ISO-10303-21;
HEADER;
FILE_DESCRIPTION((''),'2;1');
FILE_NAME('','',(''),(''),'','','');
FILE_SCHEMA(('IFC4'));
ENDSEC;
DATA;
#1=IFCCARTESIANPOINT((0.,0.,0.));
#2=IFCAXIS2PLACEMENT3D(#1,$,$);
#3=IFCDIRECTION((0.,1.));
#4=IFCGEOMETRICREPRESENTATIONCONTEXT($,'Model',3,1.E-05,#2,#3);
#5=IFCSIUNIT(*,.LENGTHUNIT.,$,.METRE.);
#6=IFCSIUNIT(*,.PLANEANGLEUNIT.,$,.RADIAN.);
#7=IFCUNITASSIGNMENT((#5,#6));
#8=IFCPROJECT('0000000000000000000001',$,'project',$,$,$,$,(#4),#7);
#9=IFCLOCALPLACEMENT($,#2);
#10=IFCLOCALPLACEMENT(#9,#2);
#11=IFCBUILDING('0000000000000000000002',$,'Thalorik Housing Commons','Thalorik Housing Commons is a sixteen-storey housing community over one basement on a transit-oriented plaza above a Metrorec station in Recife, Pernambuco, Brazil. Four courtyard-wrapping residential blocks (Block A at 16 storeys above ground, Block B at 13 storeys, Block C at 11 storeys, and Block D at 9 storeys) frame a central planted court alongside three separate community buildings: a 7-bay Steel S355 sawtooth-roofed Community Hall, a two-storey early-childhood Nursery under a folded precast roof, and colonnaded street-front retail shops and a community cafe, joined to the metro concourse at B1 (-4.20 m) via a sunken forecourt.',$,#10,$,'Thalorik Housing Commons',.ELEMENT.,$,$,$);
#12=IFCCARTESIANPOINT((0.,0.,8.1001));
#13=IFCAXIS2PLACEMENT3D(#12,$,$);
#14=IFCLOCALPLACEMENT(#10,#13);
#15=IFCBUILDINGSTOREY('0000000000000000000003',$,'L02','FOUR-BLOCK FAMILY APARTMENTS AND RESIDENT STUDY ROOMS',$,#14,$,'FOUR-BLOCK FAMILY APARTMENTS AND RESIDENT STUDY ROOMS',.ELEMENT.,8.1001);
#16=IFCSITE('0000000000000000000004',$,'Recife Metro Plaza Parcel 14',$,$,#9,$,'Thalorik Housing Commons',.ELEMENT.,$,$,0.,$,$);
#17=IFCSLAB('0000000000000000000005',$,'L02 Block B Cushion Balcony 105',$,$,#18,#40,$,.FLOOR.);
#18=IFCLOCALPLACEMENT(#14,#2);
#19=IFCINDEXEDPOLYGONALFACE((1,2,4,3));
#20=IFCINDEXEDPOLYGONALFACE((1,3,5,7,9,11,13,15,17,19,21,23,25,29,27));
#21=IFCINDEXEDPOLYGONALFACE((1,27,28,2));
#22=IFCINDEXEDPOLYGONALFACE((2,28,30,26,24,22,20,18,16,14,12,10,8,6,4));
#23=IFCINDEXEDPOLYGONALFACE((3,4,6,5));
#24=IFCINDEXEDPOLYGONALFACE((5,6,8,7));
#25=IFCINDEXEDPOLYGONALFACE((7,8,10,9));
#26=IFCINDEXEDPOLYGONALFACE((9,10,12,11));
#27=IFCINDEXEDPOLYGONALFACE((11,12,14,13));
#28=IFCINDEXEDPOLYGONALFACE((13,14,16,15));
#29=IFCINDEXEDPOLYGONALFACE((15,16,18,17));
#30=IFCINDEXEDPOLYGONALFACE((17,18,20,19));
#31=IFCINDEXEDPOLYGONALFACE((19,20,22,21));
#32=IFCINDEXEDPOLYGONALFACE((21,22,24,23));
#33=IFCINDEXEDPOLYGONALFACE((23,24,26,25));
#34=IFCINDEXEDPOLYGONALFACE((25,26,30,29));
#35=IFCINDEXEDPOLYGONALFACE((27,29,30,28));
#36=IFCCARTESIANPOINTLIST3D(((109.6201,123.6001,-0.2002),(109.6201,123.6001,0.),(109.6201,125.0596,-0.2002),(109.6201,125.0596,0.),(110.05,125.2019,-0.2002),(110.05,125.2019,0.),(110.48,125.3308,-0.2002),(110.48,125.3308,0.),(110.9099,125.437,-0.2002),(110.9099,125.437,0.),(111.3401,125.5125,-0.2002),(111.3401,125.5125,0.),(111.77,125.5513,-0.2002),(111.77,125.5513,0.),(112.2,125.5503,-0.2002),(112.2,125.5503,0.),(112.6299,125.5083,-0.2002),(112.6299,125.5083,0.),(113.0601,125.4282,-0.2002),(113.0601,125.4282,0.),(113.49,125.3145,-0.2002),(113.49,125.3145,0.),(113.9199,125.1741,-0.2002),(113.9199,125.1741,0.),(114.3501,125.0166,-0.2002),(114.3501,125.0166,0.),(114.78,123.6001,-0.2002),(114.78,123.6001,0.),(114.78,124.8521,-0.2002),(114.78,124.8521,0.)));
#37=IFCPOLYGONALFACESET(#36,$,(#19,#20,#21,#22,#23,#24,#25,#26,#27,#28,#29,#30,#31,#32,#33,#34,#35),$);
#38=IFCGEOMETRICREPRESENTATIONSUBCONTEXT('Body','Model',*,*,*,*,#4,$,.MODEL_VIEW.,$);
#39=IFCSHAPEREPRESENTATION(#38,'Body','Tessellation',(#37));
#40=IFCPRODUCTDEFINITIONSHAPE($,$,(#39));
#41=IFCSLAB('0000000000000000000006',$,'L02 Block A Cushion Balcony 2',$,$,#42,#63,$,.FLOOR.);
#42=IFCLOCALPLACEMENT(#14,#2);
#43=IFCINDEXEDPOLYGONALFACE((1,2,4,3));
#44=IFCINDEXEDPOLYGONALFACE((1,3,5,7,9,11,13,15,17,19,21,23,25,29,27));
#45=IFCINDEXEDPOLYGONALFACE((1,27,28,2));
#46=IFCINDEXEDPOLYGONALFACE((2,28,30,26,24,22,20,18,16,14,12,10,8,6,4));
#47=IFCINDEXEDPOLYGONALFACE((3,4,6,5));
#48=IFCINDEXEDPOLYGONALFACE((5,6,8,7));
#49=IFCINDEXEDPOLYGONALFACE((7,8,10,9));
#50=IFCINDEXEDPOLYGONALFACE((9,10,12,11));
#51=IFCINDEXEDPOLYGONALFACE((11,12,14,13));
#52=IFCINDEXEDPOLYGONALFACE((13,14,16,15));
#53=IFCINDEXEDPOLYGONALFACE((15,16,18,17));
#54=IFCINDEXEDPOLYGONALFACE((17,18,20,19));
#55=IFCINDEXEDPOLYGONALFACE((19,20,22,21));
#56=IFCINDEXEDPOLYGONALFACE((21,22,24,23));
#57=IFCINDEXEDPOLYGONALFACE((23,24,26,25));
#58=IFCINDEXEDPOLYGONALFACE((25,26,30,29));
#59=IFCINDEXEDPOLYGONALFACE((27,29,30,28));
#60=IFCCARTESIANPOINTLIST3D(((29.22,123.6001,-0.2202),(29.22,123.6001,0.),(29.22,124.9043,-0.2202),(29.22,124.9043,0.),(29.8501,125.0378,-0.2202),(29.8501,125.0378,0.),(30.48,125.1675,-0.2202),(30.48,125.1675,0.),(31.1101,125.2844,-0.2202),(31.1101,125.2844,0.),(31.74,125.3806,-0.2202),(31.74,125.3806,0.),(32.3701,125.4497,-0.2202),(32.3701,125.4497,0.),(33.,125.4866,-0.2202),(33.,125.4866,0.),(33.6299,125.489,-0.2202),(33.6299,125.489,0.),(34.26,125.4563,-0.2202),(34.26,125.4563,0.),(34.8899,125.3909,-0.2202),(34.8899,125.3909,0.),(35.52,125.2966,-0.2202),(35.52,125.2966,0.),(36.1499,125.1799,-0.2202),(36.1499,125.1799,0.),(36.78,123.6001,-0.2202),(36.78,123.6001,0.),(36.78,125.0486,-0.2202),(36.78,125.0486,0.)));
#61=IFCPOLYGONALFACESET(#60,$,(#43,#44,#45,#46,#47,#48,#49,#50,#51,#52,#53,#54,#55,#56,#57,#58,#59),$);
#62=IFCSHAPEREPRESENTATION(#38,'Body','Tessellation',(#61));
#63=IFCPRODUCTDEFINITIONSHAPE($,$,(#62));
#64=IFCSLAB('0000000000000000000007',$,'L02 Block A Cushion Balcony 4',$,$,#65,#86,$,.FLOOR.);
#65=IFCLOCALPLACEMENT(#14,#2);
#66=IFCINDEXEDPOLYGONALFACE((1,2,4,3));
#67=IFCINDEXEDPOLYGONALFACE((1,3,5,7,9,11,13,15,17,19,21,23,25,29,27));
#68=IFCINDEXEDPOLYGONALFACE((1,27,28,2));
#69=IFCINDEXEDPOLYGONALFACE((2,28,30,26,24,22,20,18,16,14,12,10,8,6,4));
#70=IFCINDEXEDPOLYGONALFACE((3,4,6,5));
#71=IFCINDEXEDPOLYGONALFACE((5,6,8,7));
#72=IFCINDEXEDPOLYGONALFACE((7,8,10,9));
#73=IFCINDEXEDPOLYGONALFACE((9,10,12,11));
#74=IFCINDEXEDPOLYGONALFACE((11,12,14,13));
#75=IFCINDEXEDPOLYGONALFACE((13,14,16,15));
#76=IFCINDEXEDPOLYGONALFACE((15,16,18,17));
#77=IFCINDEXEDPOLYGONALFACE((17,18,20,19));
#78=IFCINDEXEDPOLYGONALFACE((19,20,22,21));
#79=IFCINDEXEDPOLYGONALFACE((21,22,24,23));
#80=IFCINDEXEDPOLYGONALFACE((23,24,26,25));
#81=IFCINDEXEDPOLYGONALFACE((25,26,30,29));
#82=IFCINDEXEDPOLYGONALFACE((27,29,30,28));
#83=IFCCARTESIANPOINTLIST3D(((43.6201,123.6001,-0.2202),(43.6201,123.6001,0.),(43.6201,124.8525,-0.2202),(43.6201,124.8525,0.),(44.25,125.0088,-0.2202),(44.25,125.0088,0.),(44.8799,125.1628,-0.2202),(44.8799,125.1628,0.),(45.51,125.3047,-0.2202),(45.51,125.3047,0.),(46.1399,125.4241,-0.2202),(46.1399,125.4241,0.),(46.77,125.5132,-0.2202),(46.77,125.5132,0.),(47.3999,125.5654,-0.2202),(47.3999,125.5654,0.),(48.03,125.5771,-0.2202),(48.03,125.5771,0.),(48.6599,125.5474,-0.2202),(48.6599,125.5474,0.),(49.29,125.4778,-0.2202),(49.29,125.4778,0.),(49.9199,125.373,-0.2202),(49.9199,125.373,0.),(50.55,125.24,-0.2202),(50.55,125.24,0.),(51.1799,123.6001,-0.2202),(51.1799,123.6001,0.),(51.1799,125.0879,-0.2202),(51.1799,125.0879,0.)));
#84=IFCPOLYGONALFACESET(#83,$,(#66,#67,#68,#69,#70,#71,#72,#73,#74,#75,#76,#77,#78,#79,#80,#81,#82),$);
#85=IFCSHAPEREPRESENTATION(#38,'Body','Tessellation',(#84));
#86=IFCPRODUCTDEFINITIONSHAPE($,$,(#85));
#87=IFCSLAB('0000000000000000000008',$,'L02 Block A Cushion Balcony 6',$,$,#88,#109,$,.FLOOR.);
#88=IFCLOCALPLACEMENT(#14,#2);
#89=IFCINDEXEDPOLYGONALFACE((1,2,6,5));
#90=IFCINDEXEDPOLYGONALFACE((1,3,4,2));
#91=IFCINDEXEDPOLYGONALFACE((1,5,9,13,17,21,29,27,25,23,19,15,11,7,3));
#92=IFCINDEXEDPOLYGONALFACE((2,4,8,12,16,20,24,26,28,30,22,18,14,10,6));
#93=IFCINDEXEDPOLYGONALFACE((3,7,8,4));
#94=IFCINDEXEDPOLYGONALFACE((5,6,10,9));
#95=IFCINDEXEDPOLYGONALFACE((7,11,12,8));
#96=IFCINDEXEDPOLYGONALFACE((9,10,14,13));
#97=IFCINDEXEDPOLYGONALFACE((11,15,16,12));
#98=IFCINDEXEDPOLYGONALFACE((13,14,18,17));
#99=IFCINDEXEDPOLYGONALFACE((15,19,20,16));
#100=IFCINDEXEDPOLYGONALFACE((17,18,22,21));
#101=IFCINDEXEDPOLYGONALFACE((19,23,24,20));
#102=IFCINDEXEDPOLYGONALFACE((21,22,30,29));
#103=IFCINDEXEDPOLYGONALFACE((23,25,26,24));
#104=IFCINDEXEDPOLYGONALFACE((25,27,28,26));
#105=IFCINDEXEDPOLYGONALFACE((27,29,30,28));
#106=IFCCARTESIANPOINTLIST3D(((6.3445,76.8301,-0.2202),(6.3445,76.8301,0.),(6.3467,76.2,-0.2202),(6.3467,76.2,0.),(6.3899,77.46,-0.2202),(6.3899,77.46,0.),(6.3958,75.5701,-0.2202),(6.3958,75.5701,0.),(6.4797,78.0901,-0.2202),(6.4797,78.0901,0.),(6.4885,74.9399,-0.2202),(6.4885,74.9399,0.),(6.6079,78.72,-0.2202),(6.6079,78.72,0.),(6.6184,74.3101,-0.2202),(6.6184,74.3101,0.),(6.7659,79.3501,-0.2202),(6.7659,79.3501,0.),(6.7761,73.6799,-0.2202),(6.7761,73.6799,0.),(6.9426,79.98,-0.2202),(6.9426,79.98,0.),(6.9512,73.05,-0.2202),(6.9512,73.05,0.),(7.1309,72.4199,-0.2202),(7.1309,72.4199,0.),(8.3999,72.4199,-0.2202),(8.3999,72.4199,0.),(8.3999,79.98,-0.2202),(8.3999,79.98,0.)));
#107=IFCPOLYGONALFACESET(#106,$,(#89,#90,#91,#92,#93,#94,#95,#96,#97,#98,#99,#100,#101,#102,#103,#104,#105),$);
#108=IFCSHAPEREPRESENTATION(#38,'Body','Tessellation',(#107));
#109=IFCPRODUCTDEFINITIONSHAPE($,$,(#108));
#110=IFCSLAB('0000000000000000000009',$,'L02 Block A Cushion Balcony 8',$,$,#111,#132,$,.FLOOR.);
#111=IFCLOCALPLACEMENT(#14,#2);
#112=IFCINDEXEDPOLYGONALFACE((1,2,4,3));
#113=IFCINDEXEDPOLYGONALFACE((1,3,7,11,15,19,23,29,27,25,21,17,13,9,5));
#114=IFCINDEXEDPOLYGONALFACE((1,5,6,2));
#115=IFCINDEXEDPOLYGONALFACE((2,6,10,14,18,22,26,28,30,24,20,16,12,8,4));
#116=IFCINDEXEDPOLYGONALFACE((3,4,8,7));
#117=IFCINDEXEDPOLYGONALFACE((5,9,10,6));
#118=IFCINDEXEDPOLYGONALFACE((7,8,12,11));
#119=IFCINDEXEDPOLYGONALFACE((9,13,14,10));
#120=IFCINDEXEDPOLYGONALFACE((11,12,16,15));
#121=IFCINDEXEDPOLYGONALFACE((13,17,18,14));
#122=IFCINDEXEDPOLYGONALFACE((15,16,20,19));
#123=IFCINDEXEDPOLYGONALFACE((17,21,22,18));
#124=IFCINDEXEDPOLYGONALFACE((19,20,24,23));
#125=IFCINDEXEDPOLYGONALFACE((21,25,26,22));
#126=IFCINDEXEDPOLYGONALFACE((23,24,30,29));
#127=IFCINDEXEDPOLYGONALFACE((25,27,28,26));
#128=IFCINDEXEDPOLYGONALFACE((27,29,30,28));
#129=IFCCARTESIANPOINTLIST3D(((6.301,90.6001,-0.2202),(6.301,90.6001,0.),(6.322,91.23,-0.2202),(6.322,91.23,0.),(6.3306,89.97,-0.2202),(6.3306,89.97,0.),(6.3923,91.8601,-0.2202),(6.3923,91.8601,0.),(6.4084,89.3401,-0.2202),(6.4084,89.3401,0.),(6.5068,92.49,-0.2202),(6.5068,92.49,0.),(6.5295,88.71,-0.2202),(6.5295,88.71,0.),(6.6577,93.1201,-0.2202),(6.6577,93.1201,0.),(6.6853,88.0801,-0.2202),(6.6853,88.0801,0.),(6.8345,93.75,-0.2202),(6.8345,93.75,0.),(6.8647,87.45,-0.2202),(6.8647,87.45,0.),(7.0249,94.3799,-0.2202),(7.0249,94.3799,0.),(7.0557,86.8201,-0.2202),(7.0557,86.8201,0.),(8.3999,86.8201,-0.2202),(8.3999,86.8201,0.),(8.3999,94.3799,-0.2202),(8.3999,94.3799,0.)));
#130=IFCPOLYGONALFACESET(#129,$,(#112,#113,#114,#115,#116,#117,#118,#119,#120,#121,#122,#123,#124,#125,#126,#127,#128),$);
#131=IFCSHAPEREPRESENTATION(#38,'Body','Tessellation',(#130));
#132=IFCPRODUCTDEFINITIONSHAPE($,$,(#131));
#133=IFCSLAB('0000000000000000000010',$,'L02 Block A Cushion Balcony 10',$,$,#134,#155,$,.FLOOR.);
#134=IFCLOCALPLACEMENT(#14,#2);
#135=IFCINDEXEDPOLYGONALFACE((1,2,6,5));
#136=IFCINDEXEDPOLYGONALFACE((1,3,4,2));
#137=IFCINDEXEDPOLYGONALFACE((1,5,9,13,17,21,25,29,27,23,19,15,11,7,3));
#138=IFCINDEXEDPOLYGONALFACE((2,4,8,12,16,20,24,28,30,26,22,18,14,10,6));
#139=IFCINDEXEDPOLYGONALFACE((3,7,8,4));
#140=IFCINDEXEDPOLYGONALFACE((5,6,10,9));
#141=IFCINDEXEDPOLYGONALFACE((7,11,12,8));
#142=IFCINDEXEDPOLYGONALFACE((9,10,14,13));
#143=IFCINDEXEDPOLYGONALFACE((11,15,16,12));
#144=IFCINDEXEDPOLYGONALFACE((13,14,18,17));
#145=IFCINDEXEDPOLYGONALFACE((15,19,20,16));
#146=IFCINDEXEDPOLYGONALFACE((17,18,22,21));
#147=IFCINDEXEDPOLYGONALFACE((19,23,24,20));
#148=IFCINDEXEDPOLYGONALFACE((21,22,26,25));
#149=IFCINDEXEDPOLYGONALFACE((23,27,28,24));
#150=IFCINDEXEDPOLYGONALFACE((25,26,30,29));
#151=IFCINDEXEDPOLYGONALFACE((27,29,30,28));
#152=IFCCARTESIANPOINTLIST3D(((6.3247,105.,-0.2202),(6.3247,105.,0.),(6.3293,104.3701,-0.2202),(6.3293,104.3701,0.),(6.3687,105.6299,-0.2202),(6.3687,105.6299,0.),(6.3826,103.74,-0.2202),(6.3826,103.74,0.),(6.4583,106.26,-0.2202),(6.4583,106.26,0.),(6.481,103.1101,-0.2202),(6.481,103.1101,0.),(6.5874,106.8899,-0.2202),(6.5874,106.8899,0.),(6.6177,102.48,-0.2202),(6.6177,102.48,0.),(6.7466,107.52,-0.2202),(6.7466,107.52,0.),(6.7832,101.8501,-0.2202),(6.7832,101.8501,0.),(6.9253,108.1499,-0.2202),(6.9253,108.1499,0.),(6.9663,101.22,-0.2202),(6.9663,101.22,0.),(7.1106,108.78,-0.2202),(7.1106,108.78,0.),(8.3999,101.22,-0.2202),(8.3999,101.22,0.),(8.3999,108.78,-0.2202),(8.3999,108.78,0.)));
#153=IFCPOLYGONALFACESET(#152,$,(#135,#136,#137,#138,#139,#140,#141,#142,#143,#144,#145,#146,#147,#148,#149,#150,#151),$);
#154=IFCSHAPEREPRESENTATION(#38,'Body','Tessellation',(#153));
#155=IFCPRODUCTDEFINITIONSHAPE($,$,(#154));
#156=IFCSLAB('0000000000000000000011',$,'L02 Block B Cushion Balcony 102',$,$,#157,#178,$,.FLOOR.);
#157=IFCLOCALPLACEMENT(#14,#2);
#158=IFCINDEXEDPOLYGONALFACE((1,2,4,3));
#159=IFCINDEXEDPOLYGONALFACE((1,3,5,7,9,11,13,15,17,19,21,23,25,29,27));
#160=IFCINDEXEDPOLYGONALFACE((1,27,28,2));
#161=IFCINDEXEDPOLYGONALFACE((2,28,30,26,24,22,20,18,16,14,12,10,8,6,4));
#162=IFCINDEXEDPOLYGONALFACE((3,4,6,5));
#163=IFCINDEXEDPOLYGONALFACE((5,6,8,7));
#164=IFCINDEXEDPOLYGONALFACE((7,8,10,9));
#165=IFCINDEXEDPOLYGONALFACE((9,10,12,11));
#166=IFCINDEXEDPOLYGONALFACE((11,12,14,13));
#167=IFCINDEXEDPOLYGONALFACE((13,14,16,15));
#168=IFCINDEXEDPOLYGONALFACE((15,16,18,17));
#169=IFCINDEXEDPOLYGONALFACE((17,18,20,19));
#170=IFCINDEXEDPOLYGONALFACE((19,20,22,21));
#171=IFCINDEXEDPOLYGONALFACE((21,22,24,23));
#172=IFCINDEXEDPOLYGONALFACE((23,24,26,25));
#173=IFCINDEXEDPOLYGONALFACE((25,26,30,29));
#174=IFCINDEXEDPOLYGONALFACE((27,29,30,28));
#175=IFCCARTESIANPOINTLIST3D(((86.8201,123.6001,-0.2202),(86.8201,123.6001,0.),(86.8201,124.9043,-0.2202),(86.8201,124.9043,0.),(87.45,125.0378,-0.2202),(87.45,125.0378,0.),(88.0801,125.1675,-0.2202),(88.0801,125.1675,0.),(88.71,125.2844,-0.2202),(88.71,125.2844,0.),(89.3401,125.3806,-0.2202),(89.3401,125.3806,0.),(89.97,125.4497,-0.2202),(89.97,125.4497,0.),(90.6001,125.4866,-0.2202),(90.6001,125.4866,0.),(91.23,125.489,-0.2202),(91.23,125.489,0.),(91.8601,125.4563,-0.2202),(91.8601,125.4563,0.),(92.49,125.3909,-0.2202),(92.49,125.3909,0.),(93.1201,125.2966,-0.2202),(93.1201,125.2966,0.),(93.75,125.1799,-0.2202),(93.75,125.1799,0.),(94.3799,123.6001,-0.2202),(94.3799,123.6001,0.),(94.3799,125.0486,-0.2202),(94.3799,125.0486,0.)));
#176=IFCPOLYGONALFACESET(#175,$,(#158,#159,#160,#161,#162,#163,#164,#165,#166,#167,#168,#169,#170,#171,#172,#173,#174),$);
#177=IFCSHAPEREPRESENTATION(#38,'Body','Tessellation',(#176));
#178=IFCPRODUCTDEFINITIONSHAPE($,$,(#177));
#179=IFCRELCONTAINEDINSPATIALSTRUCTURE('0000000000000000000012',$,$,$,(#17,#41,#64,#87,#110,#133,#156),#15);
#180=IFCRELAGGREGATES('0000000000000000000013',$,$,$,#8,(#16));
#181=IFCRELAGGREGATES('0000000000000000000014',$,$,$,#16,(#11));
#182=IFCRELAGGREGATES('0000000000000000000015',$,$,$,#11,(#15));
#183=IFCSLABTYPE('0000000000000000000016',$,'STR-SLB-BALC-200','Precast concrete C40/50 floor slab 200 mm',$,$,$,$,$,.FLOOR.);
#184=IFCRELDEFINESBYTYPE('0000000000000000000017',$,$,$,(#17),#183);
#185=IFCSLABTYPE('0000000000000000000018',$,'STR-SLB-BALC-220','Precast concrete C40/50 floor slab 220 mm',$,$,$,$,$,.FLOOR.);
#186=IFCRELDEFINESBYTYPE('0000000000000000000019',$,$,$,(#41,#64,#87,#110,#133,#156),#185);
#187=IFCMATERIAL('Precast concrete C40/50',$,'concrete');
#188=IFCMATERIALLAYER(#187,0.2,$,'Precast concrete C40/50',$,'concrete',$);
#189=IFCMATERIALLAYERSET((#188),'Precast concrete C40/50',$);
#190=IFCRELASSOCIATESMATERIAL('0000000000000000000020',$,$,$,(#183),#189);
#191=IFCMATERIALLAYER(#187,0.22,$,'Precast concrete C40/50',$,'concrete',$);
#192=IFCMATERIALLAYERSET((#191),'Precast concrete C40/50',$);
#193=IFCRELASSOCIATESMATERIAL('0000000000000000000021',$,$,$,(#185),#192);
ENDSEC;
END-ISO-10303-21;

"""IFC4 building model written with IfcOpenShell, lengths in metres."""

from ifc_helpers import new_model, si_unit, direction, frame, origin, place, context, subcontext, project, spatial, polyline, outline, extrude, material, layer, layer_set, type_object, element, save


model = new_model("IFC4")

# Units and contexts
model_context = context("Model", 3, precision=1e-05, world=origin(), true_north=direction((0.0, 1.0)))
body_context = subcontext(model_context, "Body", "Model", "MODEL_VIEW")
ifc_project = project(units=[si_unit("LENGTHUNIT", "METRE"), si_unit("PLANEANGLEUNIT", "RADIAN")], contexts=[model_context])

# Site, building, storey
site_placement = place(None, origin())
site = spatial("IfcSite", under=ifc_project, at=site_placement, Name="Recife Metro Plaza Parcel 14", LongName="Thalorik Housing Commons", CompositionType="ELEMENT", RefElevation=0.0)
building_placement = place(site_placement, origin())
building = spatial("IfcBuilding", under=site, at=building_placement, Name="Thalorik Housing Commons", Description="Thalorik Housing Commons is a sixteen-storey housing community over one basement on a transit-oriented plaza above a Metrorec station in Recife, Pernambuco, Brazil. Four courtyard-wrapping residential blocks (Block A at 16 storeys above ground, Block B at 13 storeys, Block C at 11 storeys, and Block D at 9 storeys) frame a central planted court alongside three separate community buildings: a 7-bay Steel S355 sawtooth-roofed Community Hall, a two-storey early-childhood Nursery under a folded precast roof, and colonnaded street-front retail shops and a community cafe, joined to the metro concourse at B1 (-4.20 m) via a sunken forecourt.", LongName="Thalorik Housing Commons", CompositionType="ELEMENT")
storey_placement = place(building_placement, frame((0.0, 0.0, 8.1001)))
storey = spatial("IfcBuildingStorey", under=building, at=storey_placement, Name="L02", Description="FOUR-BLOCK FAMILY APARTMENTS AND RESIDENT STUDY ROOMS", LongName="FOUR-BLOCK FAMILY APARTMENTS AND RESIDENT STUDY ROOMS", CompositionType="ELEMENT", Elevation=8.1001)

# Slabs
ifc_material_1 = material(Name="Precast concrete C40/50", Category="concrete")
ifc_layer_1 = layer(ifc_material_1, 0.2, Name="Precast concrete C40/50", Category="concrete")
ifc_layer_set_1 = layer_set([ifc_layer_1], Name="Precast concrete C40/50")
slab_type_1 = type_object("IfcSlabType", Name="STR-SLB-BALC-200", Description="Precast concrete C40/50 floor slab 200 mm", PredefinedType="FLOOR", material=ifc_layer_set_1)
slab_1_placement = place(storey_placement, frame((0.0, 0.0, -0.2002)))
element("IfcSlab", 1, at=slab_1_placement, inside=storey, type_object=slab_type_1, Name="L02 Block B Cushion Balcony 105", PredefinedType="FLOOR", context=body_context, shape_type="SweptSolid", body=[
    extrude(outline(polyline([(109.6201, 123.6001), (114.78, 123.6001), (114.78, 124.8521), (114.3501, 125.0166), (113.9199, 125.1741), (113.49, 125.3145), (113.0601, 125.4282), (112.6299, 125.5083), (112.2, 125.5503), (111.77, 125.5513), (111.3401, 125.5125), (110.9099, 125.437), (110.48, 125.3308), (110.05, 125.2019), (109.6201, 125.0596), (109.6201, 123.6001)])), origin(), (0.0, 0.0, 1.0), 0.2002),
])
ifc_layer_2 = layer(ifc_material_1, 0.22, Name="Precast concrete C40/50", Category="concrete")
ifc_layer_set_2 = layer_set([ifc_layer_2], Name="Precast concrete C40/50")
slab_type_2 = type_object("IfcSlabType", Name="STR-SLB-BALC-220", Description="Precast concrete C40/50 floor slab 220 mm", PredefinedType="FLOOR", material=ifc_layer_set_2)
slab_2_placement = place(storey_placement, frame((0.0, 0.0, -0.2202)))
element("IfcSlab", 2, at=slab_2_placement, inside=storey, type_object=slab_type_2, Name="L02 Block A Cushion Balcony 2", PredefinedType="FLOOR", context=body_context, shape_type="SweptSolid", body=[
    extrude(outline(polyline([(29.22, 123.6001), (36.78, 123.6001), (36.78, 125.0486), (36.1499, 125.1799), (35.52, 125.2966), (34.8899, 125.3909), (34.26, 125.4563), (33.6299, 125.489), (33.0, 125.4866), (32.3701, 125.4497), (31.74, 125.3806), (31.1101, 125.2844), (30.48, 125.1675), (29.8501, 125.0378), (29.22, 124.9043), (29.22, 123.6001)])), origin(), (0.0, 0.0, 1.0), 0.2202),
])
slab_3_placement = place(storey_placement, frame((0.0, 0.0, -0.2202)))
element("IfcSlab", 3, at=slab_3_placement, inside=storey, type_object=slab_type_2, Name="L02 Block A Cushion Balcony 4", PredefinedType="FLOOR", context=body_context, shape_type="SweptSolid", body=[
    extrude(outline(polyline([(43.6201, 123.6001), (51.1799, 123.6001), (51.1799, 125.0879), (50.55, 125.24), (49.9199, 125.373), (49.29, 125.4778), (48.6599, 125.5474), (48.03, 125.5771), (47.3999, 125.5654), (46.77, 125.5132), (46.1399, 125.4241), (45.51, 125.3047), (44.8799, 125.1628), (44.25, 125.0088), (43.6201, 124.8525), (43.6201, 123.6001)])), origin(), (0.0, 0.0, 1.0), 0.2202),
])
slab_4_placement = place(storey_placement, frame((0.0, 0.0, -0.2202)))
element("IfcSlab", 4, at=slab_4_placement, inside=storey, type_object=slab_type_2, Name="L02 Block A Cushion Balcony 6", PredefinedType="FLOOR", context=body_context, shape_type="SweptSolid", body=[
    extrude(outline(polyline([(8.3999, 72.4199), (8.3999, 79.98), (6.9426, 79.98), (6.7659, 79.3501), (6.6079, 78.72), (6.4797, 78.0901), (6.3899, 77.46), (6.3445, 76.8301), (6.3467, 76.2), (6.3958, 75.5701), (6.4885, 74.9399), (6.6184, 74.3101), (6.7761, 73.6799), (6.9512, 73.05), (7.1309, 72.4199), (8.3999, 72.4199)])), origin(), (0.0, 0.0, 1.0), 0.2202),
])
slab_5_placement = place(storey_placement, frame((0.0, 0.0, -0.2202)))
element("IfcSlab", 5, at=slab_5_placement, inside=storey, type_object=slab_type_2, Name="L02 Block A Cushion Balcony 8", PredefinedType="FLOOR", context=body_context, shape_type="SweptSolid", body=[
    extrude(outline(polyline([(8.3999, 86.8201), (8.3999, 94.3799), (7.0249, 94.3799), (6.8345, 93.75), (6.6577, 93.1201), (6.5068, 92.49), (6.3923, 91.8601), (6.322, 91.23), (6.301, 90.6001), (6.3306, 89.97), (6.4084, 89.3401), (6.5295, 88.71), (6.6853, 88.0801), (6.8647, 87.45), (7.0557, 86.8201), (8.3999, 86.8201)])), origin(), (0.0, 0.0, 1.0), 0.2202),
])
slab_6_placement = place(storey_placement, frame((0.0, 0.0, -0.2202)))
element("IfcSlab", 6, at=slab_6_placement, inside=storey, type_object=slab_type_2, Name="L02 Block A Cushion Balcony 10", PredefinedType="FLOOR", context=body_context, shape_type="SweptSolid", body=[
    extrude(outline(polyline([(8.3999, 101.22), (8.3999, 108.78), (7.1106, 108.78), (6.9253, 108.1499), (6.7466, 107.52), (6.5874, 106.8899), (6.4583, 106.26), (6.3687, 105.6299), (6.3247, 105.0), (6.3293, 104.3701), (6.3826, 103.74), (6.481, 103.1101), (6.6177, 102.48), (6.7832, 101.8501), (6.9663, 101.22), (8.3999, 101.22)])), origin(), (0.0, 0.0, 1.0), 0.2202),
])
slab_7_placement = place(storey_placement, frame((0.0, 0.0, -0.2202)))
element("IfcSlab", 7, at=slab_7_placement, inside=storey, type_object=slab_type_2, Name="L02 Block B Cushion Balcony 102", PredefinedType="FLOOR", context=body_context, shape_type="SweptSolid", body=[
    extrude(outline(polyline([(86.8201, 123.6001), (94.3799, 123.6001), (94.3799, 125.0486), (93.75, 125.1799), (93.1201, 125.2966), (92.49, 125.3909), (91.8601, 125.4563), (91.23, 125.489), (90.6001, 125.4866), (89.97, 125.4497), (89.3401, 125.3806), (88.71, 125.2844), (88.0801, 125.1675), (87.45, 125.0378), (86.8201, 124.9043), (86.8201, 123.6001)])), origin(), (0.0, 0.0, 1.0), 0.2202),
])

save(model, "model.ifc")
